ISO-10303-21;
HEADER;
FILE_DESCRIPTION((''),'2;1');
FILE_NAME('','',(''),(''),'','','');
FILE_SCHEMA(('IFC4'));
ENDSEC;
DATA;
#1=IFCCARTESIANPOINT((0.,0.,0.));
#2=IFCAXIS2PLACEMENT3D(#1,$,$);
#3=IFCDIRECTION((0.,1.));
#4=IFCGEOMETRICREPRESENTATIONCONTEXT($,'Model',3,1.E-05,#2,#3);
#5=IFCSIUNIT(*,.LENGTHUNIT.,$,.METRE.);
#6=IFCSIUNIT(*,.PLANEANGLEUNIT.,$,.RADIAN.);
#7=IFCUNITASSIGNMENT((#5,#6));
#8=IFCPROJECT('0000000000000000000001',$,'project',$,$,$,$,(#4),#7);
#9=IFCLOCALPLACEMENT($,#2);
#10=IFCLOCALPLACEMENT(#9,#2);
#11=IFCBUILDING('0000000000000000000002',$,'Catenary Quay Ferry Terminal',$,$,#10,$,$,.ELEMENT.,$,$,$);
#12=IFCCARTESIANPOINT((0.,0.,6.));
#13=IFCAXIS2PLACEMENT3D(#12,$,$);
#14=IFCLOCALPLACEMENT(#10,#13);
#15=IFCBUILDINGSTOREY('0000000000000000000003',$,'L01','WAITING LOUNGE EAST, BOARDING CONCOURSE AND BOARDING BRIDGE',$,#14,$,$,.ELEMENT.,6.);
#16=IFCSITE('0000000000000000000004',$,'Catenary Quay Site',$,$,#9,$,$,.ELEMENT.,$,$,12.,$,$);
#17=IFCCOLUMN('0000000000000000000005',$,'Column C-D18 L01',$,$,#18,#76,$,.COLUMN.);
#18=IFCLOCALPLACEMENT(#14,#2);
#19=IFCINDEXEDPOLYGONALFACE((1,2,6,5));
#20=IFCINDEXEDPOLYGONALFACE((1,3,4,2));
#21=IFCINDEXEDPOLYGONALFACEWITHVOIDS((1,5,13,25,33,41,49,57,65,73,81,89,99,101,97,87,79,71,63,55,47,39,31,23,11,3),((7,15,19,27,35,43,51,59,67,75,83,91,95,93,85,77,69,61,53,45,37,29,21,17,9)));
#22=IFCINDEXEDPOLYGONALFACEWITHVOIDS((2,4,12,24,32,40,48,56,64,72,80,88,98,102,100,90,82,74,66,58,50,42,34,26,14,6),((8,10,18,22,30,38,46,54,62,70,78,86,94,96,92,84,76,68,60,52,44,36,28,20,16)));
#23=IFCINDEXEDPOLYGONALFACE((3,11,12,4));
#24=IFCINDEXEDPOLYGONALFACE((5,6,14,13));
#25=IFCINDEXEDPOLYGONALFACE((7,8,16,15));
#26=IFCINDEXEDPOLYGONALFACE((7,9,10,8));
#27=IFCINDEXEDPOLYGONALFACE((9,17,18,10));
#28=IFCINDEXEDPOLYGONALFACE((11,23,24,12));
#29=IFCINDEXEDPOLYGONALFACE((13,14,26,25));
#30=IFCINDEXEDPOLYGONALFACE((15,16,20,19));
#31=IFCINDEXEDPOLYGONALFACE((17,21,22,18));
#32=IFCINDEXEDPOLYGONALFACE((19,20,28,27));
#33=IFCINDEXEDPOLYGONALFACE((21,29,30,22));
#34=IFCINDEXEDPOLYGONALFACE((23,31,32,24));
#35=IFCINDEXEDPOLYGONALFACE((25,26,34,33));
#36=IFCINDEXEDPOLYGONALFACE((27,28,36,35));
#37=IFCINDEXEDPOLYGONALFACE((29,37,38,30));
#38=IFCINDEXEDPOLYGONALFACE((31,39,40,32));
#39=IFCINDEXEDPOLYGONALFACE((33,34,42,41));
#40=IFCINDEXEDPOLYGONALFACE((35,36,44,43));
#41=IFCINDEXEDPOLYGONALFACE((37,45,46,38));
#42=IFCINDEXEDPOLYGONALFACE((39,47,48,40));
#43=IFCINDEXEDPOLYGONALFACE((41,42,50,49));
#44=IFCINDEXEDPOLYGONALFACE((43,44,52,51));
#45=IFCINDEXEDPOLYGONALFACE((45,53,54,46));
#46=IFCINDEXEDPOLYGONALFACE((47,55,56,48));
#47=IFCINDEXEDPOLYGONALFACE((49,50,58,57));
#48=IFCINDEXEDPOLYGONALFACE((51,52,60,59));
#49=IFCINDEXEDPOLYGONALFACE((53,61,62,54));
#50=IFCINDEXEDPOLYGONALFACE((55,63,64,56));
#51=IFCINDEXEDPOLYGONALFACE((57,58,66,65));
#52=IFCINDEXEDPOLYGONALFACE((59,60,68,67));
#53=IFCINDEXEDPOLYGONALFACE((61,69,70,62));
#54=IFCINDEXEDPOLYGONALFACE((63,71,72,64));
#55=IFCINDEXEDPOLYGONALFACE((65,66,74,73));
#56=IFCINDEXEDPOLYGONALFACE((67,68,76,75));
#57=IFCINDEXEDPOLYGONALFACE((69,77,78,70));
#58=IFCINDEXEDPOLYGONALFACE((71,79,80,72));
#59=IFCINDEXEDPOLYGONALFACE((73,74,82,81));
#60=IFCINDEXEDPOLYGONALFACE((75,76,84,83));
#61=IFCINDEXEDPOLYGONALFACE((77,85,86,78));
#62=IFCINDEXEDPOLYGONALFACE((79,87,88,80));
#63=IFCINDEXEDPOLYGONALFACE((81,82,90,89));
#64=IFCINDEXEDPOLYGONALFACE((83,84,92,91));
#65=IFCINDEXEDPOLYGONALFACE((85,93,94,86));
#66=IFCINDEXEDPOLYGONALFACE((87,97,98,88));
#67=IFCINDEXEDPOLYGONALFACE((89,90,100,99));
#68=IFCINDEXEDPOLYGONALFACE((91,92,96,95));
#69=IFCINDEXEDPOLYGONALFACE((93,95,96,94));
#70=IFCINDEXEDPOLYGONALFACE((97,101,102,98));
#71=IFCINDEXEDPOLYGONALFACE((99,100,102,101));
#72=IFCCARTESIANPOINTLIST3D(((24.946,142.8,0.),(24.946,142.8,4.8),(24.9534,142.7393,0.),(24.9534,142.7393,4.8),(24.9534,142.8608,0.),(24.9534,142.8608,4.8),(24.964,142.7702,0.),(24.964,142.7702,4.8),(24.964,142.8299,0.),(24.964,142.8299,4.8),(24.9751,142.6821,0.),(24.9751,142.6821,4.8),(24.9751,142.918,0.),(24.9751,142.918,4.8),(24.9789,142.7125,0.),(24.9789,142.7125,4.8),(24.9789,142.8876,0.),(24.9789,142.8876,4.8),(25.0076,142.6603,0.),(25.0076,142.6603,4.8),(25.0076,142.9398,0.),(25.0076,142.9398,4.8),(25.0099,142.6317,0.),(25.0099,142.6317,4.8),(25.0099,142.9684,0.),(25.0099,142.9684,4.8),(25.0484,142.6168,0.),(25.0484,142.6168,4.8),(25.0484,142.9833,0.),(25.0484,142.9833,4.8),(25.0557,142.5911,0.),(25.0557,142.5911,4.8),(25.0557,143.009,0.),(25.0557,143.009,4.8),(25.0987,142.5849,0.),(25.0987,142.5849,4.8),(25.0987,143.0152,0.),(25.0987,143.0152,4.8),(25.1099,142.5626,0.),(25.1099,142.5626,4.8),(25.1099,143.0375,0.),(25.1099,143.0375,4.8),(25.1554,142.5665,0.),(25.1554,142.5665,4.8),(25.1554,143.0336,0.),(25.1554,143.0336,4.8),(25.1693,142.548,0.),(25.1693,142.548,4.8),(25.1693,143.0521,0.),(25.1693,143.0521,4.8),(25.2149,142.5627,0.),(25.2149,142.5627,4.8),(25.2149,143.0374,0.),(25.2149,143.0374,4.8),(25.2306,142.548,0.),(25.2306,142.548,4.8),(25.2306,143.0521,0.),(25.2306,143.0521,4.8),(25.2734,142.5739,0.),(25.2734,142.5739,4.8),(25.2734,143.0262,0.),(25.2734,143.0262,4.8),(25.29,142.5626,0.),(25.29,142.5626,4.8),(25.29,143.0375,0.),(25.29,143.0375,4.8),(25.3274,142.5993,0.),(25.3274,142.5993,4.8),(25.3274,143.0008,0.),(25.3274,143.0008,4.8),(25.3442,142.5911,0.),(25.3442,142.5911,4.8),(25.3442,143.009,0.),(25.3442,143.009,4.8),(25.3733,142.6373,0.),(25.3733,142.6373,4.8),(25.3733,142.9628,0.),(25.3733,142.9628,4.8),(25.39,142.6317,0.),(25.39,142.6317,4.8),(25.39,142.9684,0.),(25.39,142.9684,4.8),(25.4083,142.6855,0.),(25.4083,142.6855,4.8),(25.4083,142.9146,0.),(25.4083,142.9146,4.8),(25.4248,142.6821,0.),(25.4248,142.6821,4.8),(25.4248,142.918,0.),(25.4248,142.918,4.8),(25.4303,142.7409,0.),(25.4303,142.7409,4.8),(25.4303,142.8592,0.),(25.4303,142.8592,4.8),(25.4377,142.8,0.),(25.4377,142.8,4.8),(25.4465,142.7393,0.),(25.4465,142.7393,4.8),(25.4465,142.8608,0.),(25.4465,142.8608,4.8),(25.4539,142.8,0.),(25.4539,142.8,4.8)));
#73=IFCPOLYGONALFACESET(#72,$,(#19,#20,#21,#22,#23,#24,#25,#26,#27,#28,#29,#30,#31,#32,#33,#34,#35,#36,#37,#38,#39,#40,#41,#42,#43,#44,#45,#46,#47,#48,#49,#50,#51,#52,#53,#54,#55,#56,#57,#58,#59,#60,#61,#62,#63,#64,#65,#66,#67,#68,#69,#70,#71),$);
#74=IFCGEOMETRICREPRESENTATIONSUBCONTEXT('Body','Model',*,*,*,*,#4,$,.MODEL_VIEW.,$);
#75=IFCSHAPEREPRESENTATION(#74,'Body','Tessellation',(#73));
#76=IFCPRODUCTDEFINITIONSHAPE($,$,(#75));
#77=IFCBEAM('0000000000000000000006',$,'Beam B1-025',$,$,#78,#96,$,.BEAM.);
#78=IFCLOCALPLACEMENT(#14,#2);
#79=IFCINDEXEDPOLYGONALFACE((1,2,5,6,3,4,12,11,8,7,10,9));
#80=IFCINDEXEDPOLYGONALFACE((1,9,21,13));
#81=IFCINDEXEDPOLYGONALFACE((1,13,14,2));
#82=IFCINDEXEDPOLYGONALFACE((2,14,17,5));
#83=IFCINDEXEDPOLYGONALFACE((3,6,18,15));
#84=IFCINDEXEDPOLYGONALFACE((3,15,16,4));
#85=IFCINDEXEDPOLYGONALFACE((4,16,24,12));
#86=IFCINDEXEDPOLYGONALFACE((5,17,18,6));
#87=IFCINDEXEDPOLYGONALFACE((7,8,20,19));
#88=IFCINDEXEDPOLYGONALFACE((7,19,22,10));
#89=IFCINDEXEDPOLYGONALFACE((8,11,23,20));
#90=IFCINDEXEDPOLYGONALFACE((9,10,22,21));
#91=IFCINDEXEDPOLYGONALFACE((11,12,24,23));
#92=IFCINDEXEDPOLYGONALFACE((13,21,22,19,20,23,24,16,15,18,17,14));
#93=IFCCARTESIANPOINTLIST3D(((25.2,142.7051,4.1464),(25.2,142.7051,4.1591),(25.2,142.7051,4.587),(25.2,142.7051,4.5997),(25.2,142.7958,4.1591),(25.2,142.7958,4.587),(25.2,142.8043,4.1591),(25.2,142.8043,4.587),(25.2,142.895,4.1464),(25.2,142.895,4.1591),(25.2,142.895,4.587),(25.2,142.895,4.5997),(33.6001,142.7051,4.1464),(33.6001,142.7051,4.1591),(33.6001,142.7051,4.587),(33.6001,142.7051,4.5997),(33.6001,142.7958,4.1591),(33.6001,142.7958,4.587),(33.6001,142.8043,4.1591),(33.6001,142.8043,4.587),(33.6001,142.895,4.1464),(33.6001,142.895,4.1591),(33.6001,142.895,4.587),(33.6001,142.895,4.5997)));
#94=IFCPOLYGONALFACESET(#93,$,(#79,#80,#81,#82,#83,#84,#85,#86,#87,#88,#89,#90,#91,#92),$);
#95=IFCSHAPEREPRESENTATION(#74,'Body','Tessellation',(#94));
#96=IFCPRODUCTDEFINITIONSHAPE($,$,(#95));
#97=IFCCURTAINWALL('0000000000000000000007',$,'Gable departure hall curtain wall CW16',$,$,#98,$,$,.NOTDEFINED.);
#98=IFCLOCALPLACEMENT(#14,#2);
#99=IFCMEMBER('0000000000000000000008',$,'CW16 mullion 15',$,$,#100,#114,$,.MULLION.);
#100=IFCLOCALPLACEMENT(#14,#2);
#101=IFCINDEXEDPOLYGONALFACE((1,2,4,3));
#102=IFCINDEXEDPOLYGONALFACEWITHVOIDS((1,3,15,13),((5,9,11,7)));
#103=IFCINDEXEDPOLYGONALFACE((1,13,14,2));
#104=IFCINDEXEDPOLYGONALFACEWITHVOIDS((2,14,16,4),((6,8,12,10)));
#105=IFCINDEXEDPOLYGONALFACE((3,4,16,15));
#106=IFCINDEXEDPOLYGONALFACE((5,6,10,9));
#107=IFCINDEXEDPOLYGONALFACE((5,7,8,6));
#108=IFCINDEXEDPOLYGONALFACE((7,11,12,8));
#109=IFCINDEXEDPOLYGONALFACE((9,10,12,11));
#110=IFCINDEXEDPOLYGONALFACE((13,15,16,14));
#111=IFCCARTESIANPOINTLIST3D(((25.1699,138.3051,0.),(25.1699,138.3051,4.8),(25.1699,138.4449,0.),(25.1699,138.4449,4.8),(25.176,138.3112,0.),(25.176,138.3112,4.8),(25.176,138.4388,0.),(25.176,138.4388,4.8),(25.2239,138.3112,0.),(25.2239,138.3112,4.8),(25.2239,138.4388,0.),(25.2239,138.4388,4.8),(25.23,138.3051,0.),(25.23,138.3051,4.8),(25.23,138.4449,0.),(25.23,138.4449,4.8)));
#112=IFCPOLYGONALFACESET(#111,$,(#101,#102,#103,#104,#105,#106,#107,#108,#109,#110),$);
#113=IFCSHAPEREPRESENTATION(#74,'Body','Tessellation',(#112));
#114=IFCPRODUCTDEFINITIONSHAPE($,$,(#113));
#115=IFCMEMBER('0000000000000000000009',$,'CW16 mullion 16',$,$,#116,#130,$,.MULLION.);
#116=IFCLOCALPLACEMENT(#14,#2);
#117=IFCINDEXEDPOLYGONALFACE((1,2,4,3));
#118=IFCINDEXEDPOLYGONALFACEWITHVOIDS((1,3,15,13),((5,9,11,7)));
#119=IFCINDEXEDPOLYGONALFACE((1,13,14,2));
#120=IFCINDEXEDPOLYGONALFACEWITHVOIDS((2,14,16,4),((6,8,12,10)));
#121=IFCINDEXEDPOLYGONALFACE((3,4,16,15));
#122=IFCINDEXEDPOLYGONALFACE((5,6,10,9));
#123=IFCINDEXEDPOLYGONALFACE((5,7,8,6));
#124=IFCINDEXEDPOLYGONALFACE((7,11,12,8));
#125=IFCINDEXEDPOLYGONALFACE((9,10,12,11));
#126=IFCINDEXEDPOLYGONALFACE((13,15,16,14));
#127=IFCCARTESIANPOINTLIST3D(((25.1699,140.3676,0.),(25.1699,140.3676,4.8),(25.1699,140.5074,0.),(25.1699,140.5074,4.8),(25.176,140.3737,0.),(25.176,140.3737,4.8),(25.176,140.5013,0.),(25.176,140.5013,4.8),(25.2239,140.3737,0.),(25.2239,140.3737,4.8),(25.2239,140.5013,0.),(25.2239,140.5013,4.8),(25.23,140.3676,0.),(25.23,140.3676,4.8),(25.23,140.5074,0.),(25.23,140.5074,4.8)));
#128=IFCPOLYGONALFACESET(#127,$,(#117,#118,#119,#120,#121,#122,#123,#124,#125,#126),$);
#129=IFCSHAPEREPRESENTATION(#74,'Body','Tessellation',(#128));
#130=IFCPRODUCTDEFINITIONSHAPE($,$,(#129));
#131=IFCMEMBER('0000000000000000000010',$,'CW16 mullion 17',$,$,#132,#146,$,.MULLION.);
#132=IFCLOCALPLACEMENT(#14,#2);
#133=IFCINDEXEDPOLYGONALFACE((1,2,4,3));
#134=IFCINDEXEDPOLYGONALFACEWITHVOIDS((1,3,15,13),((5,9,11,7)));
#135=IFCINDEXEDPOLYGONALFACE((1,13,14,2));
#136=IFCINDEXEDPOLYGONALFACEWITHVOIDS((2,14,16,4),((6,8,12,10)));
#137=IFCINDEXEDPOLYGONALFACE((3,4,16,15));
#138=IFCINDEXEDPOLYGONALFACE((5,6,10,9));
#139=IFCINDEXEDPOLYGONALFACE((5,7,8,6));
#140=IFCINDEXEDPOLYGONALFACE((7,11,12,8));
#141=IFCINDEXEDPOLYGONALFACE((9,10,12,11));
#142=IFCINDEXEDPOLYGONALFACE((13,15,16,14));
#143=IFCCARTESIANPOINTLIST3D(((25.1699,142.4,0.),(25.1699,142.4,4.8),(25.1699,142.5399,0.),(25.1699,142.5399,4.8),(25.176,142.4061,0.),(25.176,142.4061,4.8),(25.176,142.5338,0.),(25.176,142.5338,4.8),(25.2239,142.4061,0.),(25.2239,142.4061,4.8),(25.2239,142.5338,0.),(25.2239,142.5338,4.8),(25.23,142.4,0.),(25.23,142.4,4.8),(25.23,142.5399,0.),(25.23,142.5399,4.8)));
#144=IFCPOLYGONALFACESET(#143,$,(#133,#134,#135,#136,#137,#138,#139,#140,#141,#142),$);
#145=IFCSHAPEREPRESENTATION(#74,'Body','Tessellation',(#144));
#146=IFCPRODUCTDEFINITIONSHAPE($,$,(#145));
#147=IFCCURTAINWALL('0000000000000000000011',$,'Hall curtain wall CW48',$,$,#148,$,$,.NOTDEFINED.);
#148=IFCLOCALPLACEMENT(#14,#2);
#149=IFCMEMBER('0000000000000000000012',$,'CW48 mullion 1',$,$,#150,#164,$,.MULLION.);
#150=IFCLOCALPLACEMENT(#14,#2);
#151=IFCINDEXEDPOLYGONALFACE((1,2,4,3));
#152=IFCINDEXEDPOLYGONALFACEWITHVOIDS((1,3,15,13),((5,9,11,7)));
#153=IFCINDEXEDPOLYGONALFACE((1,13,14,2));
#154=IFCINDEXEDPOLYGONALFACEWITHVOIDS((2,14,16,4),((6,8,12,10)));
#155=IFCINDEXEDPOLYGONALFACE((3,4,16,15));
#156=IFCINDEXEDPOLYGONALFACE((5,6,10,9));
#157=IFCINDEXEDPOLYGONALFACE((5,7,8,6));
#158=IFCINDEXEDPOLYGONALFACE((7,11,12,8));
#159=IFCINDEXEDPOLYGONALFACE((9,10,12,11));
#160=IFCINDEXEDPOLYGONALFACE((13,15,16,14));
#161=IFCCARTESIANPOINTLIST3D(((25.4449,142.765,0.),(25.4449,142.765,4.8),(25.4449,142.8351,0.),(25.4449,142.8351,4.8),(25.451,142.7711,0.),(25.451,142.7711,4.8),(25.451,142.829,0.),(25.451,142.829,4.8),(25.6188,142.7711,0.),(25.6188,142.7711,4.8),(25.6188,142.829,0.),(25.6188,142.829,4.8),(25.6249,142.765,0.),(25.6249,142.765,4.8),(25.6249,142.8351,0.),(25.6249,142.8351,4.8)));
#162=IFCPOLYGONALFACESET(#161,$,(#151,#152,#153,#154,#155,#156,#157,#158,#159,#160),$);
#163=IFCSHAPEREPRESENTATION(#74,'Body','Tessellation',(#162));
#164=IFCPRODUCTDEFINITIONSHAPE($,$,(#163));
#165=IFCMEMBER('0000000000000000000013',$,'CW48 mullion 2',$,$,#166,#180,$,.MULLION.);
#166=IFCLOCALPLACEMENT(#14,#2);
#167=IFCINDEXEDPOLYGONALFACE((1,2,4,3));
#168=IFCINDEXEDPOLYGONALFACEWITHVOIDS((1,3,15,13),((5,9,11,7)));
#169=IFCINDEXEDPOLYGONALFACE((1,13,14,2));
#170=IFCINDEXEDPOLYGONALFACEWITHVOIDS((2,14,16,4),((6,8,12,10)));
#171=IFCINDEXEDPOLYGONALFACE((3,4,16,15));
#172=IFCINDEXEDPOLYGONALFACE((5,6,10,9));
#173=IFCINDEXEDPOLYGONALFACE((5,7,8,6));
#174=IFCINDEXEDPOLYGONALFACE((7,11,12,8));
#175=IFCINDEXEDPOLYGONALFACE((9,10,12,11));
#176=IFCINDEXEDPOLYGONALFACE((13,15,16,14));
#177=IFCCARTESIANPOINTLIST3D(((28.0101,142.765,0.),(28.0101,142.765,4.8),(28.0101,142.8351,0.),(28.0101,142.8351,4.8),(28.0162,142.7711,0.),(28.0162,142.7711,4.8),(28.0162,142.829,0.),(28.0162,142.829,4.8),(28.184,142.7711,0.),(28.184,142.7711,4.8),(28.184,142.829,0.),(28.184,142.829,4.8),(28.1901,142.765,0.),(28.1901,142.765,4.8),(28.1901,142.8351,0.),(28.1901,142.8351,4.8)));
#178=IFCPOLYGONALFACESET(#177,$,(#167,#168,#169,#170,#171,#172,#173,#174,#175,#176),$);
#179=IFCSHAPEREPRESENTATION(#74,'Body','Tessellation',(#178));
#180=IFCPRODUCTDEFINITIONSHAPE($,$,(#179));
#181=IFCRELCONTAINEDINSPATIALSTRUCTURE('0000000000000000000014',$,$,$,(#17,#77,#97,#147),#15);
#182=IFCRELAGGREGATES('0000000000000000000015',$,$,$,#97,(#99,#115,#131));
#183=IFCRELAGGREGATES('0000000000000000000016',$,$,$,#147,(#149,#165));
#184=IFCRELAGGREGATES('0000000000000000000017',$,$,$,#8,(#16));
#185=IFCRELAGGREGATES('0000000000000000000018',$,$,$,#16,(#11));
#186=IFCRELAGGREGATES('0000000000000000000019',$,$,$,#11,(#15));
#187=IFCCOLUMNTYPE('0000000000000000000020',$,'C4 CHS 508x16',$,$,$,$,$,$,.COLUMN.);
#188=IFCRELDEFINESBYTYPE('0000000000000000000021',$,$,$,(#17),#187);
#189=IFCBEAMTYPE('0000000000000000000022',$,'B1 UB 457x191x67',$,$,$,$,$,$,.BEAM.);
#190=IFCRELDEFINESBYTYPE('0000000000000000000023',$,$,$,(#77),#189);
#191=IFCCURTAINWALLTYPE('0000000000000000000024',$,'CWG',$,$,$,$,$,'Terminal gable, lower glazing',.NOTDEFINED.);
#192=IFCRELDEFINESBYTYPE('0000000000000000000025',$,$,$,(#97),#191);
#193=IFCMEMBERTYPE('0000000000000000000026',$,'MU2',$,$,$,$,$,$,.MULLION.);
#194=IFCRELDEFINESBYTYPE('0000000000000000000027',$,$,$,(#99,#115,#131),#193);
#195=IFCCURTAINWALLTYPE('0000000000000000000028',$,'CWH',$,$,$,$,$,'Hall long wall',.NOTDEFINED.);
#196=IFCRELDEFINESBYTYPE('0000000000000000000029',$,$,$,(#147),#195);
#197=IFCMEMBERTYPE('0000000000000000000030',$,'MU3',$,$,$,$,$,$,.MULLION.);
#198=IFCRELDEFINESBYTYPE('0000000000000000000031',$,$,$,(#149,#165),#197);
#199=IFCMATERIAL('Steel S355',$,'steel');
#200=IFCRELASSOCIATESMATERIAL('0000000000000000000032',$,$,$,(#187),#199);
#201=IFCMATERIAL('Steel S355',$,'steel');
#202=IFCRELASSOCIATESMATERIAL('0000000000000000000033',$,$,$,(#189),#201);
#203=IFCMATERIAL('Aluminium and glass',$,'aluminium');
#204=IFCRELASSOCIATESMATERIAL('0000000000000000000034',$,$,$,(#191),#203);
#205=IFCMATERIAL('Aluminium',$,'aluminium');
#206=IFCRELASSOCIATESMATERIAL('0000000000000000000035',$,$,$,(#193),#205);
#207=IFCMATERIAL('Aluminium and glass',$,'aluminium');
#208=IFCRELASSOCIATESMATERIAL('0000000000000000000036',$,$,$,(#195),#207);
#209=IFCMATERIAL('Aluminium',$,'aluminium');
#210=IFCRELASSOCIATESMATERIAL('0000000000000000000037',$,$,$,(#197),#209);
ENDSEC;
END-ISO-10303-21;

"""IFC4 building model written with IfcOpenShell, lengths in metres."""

from ifc_helpers import new_model, si_unit, direction, frame, origin, origin_2d, place, context, subcontext, project, spatial, hollow_rectangle, hollow_circle, i_section, extrude, material, material_profile, profile_set, type_object, element, aggregate, save


model = new_model("IFC4")

# Units and contexts
model_context = context("Model", 3, precision=1e-05, world=origin(), true_north=direction((0.0, 1.0)))
body_context = subcontext(model_context, "Body", "Model", "MODEL_VIEW")
ifc_project = project(units=[si_unit("LENGTHUNIT", "METRE"), si_unit("PLANEANGLEUNIT", "RADIAN")], contexts=[model_context])

# Site, building, storey
site_placement = place(None, origin())
site = spatial("IfcSite", under=ifc_project, at=site_placement, Name="Catenary Quay Site", CompositionType="ELEMENT", RefElevation=12.0)
building_placement = place(site_placement, origin())
building = spatial("IfcBuilding", under=site, at=building_placement, Name="Catenary Quay Ferry Terminal", CompositionType="ELEMENT")
storey_placement = place(building_placement, frame((0.0, 0.0, 6.0)))
storey = spatial("IfcBuildingStorey", under=building, at=storey_placement, Name="L01", Description="WAITING LOUNGE EAST, BOARDING CONCOURSE AND BOARDING BRIDGE", CompositionType="ELEMENT", Elevation=6.0)

# Column
ifc_material_1 = material(Name="Steel S355", Category="steel")
ifc_material_profile_1 = material_profile(ifc_material_1, hollow_circle(Radius=0.2539, WallThickness=0.0161, at=origin_2d()), Name="CHS 508x16")
ifc_profile_set_1 = profile_set([ifc_material_profile_1], Name="Steel S355")
column_type = type_object("IfcColumnType", Name="C4 CHS 508x16", PredefinedType="COLUMN", material=ifc_profile_set_1)
column_placement = place(storey_placement, frame((25.2, 142.8, 0.0), z_axis=(0.0, 0.0, 1.0), x_axis=(1.0, 0.0, 0.0)))
element("IfcColumn", 1, at=column_placement, inside=storey, type_object=column_type, Name="Column C-D18 L01", PredefinedType="COLUMN", context=body_context, shape_type="SweptSolid", body=[
    extrude(hollow_circle(Radius=0.2539, WallThickness=0.0161, at=origin_2d()), origin(), (0.0, 0.0, 1.0), 4.8),
])

# Beam
ifc_material_2 = material(Name="Steel S355", Category="steel")
ifc_material_profile_2 = material_profile(ifc_material_2, i_section(OverallWidth=0.1899, OverallDepth=0.4534, WebThickness=0.0085, FlangeThickness=0.0127, at=origin_2d()), Name="UB 457x191x67")
ifc_profile_set_2 = profile_set([ifc_material_profile_2], Name="Steel S355")
beam_type = type_object("IfcBeamType", Name="B1 UB 457x191x67", PredefinedType="BEAM", material=ifc_profile_set_2)
beam_placement = place(storey_placement, frame((25.2, 142.8, 4.373), z_axis=(1.0, 0.0, 0.0), x_axis=(0.0, 1.0, 0.0)))
element("IfcBeam", 2, at=beam_placement, inside=storey, type_object=beam_type, Name="Beam B1-025", PredefinedType="BEAM", context=body_context, shape_type="SweptSolid", body=[
    extrude(i_section(OverallWidth=0.1899, OverallDepth=0.4534, WebThickness=0.0085, FlangeThickness=0.0127, at=origin_2d()), origin(), (0.0, 0.0, 1.0), 8.4001),
])

# Curtain walls, members
ifc_material_3 = material(Name="Aluminium and glass", Category="aluminium")
curtain_wall_type_1 = type_object("IfcCurtainWallType", Name="CWG", ElementType="Terminal gable, lower glazing", PredefinedType="NOTDEFINED", material=ifc_material_3)
curtain_wall_1_placement = place(storey_placement, origin())
curtain_wall_1 = element("IfcCurtainWall", 3, at=curtain_wall_1_placement, inside=storey, type_object=curtain_wall_type_1, Name="Gable departure hall curtain wall CW16", PredefinedType="NOTDEFINED")
ifc_material_4 = material(Name="Aluminium", Category="aluminium")
ifc_material_profile_3 = material_profile(ifc_material_4, hollow_rectangle(XDim=0.0601, YDim=0.1399, WallThickness=0.0061, at=origin_2d()), Name="MU2")
ifc_profile_set_3 = profile_set([ifc_material_profile_3], Name="Aluminium")
member_type_1 = type_object("IfcMemberType", Name="MU2", PredefinedType="MULLION", material=ifc_profile_set_3)
member_1_placement = place(storey_placement, frame((25.2, 138.375, 0.0), z_axis=(0.0, 0.0, 1.0), x_axis=(-1.0, 0.0, 0.0)))
member_1 = element("IfcMember", 4, at=member_1_placement, type_object=member_type_1, Name="CW16 mullion 15", PredefinedType="MULLION", context=body_context, shape_type="SweptSolid", body=[
    extrude(hollow_rectangle(XDim=0.0601, YDim=0.1399, WallThickness=0.0061, at=origin_2d()), origin(), (0.0, 0.0, 1.0), 4.8),
])
member_2_placement = place(storey_placement, frame((25.2, 140.4375, 0.0), z_axis=(0.0, 0.0, 1.0), x_axis=(-1.0, 0.0, 0.0)))
member_2 = element("IfcMember", 5, at=member_2_placement, type_object=member_type_1, Name="CW16 mullion 16", PredefinedType="MULLION", context=body_context, shape_type="SweptSolid", body=[
    extrude(hollow_rectangle(XDim=0.0601, YDim=0.1399, WallThickness=0.0061, at=origin_2d()), origin(), (0.0, 0.0, 1.0), 4.8),
])
member_3_placement = place(storey_placement, frame((25.2, 142.47, 0.0), z_axis=(0.0, 0.0, 1.0), x_axis=(-1.0, 0.0, 0.0)))
member_3 = element("IfcMember", 6, at=member_3_placement, type_object=member_type_1, Name="CW16 mullion 17", PredefinedType="MULLION", context=body_context, shape_type="SweptSolid", body=[
    extrude(hollow_rectangle(XDim=0.0601, YDim=0.1399, WallThickness=0.0061, at=origin_2d()), origin(), (0.0, 0.0, 1.0), 4.8),
])
ifc_material_5 = material(Name="Aluminium and glass", Category="aluminium")
curtain_wall_type_2 = type_object("IfcCurtainWallType", Name="CWH", ElementType="Hall long wall", PredefinedType="NOTDEFINED", material=ifc_material_5)
curtain_wall_2_placement = place(storey_placement, origin())
curtain_wall_2 = element("IfcCurtainWall", 7, at=curtain_wall_2_placement, inside=storey, type_object=curtain_wall_type_2, Name="Hall curtain wall CW48", PredefinedType="NOTDEFINED")
ifc_material_6 = material(Name="Aluminium", Category="aluminium")
ifc_material_profile_4 = material_profile(ifc_material_6, hollow_rectangle(XDim=0.0701, YDim=0.1799, WallThickness=0.0061, at=origin_2d()), Name="MU3")
ifc_profile_set_4 = profile_set([ifc_material_profile_4], Name="Aluminium")
member_type_2 = type_object("IfcMemberType", Name="MU3", PredefinedType="MULLION", material=ifc_profile_set_4)
member_4_placement = place(storey_placement, frame((25.5349, 142.8, 0.0), z_axis=(0.0, 0.0, 1.0), x_axis=(0.0, 1.0, 0.0)))
member_4 = element("IfcMember", 8, at=member_4_placement, type_object=member_type_2, Name="CW48 mullion 1", PredefinedType="MULLION", context=body_context, shape_type="SweptSolid", body=[
    extrude(hollow_rectangle(XDim=0.0701, YDim=0.1799, WallThickness=0.0061, at=origin_2d()), origin(), (0.0, 0.0, 1.0), 4.8),
])
member_5_placement = place(storey_placement, frame((28.1001, 142.8, 0.0), z_axis=(0.0, 0.0, 1.0), x_axis=(0.0, 1.0, 0.0)))
member_5 = element("IfcMember", 9, at=member_5_placement, type_object=member_type_2, Name="CW48 mullion 2", PredefinedType="MULLION", context=body_context, shape_type="SweptSolid", body=[
    extrude(hollow_rectangle(XDim=0.0701, YDim=0.1799, WallThickness=0.0061, at=origin_2d()), origin(), (0.0, 0.0, 1.0), 4.8),
])

aggregate(curtain_wall_1, [member_1, member_2, member_3])
aggregate(curtain_wall_2, [member_4, member_5])

save(model, "model.ifc")
